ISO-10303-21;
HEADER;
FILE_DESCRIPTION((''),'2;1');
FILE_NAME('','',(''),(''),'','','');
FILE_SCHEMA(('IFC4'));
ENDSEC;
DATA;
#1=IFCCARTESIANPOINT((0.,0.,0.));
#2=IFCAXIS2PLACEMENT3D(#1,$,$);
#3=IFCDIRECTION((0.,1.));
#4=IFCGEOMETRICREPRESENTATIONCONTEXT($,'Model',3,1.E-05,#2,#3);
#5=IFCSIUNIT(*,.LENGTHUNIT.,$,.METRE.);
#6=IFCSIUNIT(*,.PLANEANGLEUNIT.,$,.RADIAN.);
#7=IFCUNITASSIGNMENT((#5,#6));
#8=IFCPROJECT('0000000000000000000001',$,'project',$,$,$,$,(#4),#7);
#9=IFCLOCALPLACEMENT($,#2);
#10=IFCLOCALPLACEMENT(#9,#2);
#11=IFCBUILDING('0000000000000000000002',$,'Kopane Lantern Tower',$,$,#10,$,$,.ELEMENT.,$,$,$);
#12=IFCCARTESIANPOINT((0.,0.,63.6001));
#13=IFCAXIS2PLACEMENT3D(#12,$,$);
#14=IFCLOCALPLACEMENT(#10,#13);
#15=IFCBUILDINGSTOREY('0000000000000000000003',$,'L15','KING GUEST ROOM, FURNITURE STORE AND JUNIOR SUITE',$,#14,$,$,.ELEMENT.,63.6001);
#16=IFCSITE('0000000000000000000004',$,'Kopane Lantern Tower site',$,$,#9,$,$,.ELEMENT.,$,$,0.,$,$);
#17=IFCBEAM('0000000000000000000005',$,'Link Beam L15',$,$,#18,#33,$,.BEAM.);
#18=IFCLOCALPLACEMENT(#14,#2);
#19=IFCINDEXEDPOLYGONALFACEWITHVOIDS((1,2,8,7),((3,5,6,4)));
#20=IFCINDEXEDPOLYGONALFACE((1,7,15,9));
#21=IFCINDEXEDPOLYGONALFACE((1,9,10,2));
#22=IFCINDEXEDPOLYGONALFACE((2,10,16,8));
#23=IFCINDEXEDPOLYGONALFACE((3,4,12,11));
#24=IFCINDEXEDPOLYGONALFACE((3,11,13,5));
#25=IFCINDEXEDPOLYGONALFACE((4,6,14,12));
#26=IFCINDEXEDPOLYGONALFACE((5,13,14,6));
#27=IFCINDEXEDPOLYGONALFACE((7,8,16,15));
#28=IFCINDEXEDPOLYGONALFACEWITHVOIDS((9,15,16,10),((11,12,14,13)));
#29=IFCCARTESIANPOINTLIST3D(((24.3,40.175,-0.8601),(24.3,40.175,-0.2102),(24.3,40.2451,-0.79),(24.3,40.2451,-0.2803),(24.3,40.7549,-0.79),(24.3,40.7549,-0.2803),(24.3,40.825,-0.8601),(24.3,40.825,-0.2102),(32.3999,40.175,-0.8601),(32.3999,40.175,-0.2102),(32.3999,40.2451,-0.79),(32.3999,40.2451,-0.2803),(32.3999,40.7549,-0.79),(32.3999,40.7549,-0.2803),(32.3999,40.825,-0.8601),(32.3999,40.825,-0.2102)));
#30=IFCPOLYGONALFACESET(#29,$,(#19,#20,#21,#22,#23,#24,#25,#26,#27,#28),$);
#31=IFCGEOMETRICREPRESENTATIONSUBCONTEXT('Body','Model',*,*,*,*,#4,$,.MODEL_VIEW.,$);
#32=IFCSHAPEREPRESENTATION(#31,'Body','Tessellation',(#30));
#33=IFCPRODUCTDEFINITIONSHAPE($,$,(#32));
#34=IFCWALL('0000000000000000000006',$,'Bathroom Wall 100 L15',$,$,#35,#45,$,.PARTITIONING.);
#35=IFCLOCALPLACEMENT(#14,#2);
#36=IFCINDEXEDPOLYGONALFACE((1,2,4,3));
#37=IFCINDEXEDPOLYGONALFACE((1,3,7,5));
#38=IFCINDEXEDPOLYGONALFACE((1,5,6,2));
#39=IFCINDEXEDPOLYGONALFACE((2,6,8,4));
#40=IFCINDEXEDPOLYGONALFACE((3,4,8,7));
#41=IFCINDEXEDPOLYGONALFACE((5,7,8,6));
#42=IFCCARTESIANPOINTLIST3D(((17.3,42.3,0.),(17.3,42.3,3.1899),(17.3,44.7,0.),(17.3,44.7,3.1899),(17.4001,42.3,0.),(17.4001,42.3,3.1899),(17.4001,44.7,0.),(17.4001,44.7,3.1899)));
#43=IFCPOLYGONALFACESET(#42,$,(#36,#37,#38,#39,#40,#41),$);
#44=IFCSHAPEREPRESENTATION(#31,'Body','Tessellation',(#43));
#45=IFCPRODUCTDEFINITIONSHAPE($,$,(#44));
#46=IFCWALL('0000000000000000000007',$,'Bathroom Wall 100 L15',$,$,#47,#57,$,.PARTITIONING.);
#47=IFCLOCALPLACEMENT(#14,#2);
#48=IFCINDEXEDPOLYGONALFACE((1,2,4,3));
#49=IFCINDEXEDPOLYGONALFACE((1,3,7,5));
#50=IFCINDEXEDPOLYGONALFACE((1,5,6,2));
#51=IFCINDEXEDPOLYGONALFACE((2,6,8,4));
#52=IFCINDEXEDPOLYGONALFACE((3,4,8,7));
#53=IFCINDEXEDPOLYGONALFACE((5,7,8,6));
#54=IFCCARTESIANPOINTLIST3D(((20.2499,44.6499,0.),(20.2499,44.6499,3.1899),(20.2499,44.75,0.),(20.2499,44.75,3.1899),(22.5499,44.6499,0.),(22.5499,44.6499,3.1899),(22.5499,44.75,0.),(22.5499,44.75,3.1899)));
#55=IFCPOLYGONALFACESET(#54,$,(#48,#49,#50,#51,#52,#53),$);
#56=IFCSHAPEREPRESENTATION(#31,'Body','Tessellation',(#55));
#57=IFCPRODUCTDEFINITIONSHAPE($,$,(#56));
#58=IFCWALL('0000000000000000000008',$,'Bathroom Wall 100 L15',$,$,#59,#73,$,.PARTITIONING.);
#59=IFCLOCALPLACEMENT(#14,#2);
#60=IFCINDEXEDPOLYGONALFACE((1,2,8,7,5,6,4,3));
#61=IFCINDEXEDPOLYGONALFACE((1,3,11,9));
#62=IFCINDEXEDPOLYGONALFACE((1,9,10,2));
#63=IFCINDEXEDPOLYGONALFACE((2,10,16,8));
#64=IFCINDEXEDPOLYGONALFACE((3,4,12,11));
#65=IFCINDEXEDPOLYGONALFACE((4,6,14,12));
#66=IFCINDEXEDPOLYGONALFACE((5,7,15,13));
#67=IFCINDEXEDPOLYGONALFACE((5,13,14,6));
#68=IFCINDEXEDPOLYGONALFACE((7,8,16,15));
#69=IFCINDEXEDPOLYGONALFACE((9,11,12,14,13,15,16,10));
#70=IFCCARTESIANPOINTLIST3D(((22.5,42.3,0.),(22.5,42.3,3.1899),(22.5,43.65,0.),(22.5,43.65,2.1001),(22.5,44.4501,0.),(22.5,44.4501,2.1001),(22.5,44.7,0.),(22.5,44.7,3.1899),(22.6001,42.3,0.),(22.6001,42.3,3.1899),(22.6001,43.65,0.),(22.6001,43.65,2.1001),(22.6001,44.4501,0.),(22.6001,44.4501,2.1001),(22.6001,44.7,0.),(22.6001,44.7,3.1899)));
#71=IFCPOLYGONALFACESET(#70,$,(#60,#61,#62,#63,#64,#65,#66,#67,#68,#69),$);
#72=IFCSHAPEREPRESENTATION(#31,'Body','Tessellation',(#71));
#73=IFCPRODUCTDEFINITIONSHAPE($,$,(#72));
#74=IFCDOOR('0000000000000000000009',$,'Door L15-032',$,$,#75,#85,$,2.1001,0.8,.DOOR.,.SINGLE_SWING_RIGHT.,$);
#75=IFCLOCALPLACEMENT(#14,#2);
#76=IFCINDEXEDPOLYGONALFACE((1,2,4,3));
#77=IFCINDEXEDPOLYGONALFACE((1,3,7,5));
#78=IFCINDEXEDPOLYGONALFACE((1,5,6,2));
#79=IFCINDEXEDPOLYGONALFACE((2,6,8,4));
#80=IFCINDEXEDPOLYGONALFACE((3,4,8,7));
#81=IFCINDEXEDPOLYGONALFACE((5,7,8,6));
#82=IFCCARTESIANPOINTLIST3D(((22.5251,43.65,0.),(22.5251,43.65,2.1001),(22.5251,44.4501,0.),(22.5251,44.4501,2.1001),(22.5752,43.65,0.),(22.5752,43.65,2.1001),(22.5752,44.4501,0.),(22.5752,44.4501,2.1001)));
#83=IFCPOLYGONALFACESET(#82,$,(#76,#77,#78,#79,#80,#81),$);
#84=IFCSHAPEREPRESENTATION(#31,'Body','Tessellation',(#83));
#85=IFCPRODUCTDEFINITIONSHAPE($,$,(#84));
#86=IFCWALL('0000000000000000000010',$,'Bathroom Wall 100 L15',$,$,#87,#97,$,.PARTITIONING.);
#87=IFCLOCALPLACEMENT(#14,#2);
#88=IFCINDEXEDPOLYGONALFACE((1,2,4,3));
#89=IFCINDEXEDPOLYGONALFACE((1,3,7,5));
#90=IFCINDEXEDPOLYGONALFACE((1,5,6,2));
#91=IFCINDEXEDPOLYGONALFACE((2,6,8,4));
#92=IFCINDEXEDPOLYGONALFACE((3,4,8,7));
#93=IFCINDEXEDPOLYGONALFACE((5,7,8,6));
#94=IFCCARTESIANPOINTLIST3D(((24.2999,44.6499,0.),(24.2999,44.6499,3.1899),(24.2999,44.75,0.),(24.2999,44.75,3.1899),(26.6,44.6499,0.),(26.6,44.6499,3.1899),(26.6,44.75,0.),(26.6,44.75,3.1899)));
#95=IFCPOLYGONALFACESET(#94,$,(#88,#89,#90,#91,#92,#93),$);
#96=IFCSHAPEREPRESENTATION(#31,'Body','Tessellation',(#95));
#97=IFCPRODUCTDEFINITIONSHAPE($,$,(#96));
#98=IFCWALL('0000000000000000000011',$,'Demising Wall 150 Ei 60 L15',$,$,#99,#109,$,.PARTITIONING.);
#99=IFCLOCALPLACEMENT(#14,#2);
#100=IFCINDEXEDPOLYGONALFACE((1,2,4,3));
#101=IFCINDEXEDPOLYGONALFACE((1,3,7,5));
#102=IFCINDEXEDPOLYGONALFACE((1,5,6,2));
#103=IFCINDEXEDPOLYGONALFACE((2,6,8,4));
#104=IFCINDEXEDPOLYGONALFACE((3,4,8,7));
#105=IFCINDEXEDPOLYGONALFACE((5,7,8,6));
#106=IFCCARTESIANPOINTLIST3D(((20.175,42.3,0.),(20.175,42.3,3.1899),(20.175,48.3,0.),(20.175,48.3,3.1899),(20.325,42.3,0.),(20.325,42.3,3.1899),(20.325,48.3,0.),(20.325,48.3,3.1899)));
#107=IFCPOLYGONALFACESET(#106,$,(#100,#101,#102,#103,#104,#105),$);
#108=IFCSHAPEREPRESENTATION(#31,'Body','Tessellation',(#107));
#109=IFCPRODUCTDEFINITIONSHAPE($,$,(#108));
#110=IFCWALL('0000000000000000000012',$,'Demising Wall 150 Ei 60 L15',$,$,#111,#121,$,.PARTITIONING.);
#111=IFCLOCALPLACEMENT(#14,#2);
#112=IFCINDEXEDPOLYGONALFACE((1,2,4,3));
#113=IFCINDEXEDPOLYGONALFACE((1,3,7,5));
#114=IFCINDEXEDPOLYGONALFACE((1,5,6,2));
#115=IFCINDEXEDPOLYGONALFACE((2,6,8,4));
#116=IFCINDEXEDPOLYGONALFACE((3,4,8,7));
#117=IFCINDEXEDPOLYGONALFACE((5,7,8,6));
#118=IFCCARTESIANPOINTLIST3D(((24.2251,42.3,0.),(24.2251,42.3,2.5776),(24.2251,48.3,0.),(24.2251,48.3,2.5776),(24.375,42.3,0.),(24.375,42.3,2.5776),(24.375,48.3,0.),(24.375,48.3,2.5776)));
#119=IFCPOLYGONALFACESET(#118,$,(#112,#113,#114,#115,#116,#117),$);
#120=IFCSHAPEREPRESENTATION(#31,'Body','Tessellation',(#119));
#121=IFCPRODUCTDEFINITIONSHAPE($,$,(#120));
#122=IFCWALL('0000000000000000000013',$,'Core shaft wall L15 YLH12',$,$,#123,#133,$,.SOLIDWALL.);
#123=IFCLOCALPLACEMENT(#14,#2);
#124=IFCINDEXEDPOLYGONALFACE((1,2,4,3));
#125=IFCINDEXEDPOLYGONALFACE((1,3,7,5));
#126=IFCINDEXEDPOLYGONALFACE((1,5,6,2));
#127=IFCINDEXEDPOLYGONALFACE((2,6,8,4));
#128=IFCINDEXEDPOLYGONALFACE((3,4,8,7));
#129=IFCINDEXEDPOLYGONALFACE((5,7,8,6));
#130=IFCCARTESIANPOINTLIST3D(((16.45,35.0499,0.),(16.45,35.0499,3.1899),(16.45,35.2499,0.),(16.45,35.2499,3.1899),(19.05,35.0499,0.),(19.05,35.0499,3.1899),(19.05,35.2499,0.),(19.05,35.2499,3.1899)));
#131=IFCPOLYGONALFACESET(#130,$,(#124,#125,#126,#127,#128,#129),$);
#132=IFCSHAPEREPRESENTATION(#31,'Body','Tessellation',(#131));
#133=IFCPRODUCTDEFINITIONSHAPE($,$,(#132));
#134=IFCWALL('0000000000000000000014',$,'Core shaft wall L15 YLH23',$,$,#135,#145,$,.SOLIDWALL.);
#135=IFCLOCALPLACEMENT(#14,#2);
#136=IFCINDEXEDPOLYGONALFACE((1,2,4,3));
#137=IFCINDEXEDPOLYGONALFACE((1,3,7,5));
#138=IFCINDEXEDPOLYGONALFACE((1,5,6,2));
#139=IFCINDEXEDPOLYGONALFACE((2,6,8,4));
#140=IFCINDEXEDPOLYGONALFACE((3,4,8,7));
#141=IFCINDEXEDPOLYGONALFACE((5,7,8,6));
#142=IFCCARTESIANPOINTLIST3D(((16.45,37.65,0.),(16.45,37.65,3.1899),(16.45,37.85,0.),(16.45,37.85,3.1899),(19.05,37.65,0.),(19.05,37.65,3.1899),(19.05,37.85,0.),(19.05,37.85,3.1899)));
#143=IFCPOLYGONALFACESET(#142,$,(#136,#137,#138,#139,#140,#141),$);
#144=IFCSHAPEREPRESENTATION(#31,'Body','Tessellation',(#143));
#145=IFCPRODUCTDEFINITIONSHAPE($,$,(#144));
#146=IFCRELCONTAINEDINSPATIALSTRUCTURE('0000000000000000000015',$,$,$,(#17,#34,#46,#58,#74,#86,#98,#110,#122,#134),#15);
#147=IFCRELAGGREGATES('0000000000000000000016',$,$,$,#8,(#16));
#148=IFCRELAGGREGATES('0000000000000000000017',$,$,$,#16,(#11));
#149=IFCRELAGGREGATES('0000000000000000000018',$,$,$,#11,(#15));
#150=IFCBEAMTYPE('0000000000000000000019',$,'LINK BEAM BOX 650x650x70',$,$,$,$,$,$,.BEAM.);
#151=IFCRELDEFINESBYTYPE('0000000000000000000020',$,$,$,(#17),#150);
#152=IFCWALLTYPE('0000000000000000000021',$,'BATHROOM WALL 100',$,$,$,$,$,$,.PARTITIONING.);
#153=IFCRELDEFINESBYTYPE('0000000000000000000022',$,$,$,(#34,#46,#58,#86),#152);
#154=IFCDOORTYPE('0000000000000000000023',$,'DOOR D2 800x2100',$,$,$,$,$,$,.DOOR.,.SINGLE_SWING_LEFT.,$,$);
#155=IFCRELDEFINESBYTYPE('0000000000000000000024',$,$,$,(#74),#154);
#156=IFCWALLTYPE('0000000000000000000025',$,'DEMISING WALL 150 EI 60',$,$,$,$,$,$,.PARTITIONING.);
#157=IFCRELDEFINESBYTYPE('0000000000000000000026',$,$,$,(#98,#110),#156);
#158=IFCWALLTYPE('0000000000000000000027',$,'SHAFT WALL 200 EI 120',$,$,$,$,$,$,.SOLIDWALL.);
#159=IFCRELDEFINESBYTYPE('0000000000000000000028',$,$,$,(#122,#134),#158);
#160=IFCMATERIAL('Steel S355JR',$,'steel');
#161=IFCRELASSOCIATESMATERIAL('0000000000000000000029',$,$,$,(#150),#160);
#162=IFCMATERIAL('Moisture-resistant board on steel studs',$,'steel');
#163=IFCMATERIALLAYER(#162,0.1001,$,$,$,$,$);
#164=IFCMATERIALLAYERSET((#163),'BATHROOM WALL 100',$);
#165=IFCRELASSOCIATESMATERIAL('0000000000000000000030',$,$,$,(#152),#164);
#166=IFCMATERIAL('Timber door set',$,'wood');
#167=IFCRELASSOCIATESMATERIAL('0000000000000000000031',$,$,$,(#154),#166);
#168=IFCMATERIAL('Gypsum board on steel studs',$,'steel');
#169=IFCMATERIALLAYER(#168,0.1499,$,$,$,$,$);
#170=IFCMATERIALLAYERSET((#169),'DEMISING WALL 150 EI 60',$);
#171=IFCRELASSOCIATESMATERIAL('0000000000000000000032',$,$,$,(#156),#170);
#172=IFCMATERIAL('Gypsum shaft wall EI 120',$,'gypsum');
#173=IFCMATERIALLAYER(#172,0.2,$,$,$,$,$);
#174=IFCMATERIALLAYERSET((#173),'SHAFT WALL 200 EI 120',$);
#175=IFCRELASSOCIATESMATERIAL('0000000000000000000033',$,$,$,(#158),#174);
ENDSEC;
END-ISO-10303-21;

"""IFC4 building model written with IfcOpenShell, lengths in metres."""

from ifc_helpers import new_model, si_unit, direction, frame, frame_2d, origin, origin_2d, place, context, subcontext, project, spatial, rectangle, hollow_rectangle, extrude, material, layer, layer_set, material_profile, profile_set, type_object, element, fill, save


model = new_model("IFC4")

# Units and contexts
model_context = context("Model", 3, precision=1e-05, world=origin(), true_north=direction((0.0, 1.0)))
body_context = subcontext(model_context, "Body", "Model", "MODEL_VIEW")
ifc_project = project(units=[si_unit("LENGTHUNIT", "METRE"), si_unit("PLANEANGLEUNIT", "RADIAN")], contexts=[model_context])

# Site, building, storey
site_placement = place(None, origin())
site = spatial("IfcSite", under=ifc_project, at=site_placement, Name="Kopane Lantern Tower site", CompositionType="ELEMENT", RefElevation=0.0)
building_placement = place(site_placement, origin())
building = spatial("IfcBuilding", under=site, at=building_placement, Name="Kopane Lantern Tower", CompositionType="ELEMENT")
storey_placement = place(building_placement, frame((0.0, 0.0, 63.6001)))
storey = spatial("IfcBuildingStorey", under=building, at=storey_placement, Name="L15", Description="KING GUEST ROOM, FURNITURE STORE AND JUNIOR SUITE", CompositionType="ELEMENT", Elevation=63.6001)

# Beam
ifc_material_1 = material(Name="Steel S355JR", Category="steel")
ifc_material_profile_1 = material_profile(ifc_material_1, hollow_rectangle(XDim=0.6499, YDim=0.6499, WallThickness=0.0701, at=origin_2d()), Name="BOX 650x650x70")
ifc_profile_set_1 = profile_set([ifc_material_profile_1], Name="Steel S355JR")
beam_type_1 = type_object("IfcBeamType", Name="LINK BEAM BOX 650x650x70", PredefinedType="BEAM", material=ifc_profile_set_1)
beam_1_placement = place(storey_placement, frame((24.3, 40.5, -0.5352), z_axis=(1.0, 0.0, 0.0), x_axis=(0.0, 1.0, 0.0)))
element("IfcBeam", 1, at=beam_1_placement, inside=storey, type_object=beam_type_1, Name="Link Beam L15", PredefinedType="BEAM", context=body_context, shape_type="SweptSolid", body=[
    extrude(hollow_rectangle(XDim=0.6499, YDim=0.6499, WallThickness=0.0701, at=origin_2d()), origin(), (0.0, 0.0, 1.0), 8.0999),
])

# Walls
ifc_material_2 = material(Name="Moisture-resistant board on steel studs", Category="steel")
ifc_layer_1 = layer(ifc_material_2, 0.1001)
ifc_layer_set_1 = layer_set([ifc_layer_1], Name="BATHROOM WALL 100")
wall_type_1 = type_object("IfcWallType", Name="BATHROOM WALL 100", PredefinedType="PARTITIONING", material=ifc_layer_set_1)
wall_1_placement = place(storey_placement, frame((17.3501, 42.3, 0.0), z_axis=(0.0, 0.0, 1.0), x_axis=(0.0, 1.0, 0.0)))
element("IfcWall", 2, at=wall_1_placement, inside=storey, type_object=wall_type_1, Name="Bathroom Wall 100 L15", PredefinedType="PARTITIONING", context=body_context, shape_type="SweptSolid", body=[
    extrude(rectangle(XDim=2.3999, YDim=0.1001, at=frame_2d((1.2, 0.0))), origin(), (0.0, 0.0, 1.0), 3.1899),
])
wall_2_placement = place(storey_placement, frame((20.25, 44.7, 0.0), z_axis=(0.0, 0.0, 1.0), x_axis=(1.0, 0.0, 0.0)))
element("IfcWall", 3, at=wall_2_placement, inside=storey, type_object=wall_type_1, Name="Bathroom Wall 100 L15", PredefinedType="PARTITIONING", context=body_context, shape_type="SweptSolid", body=[
    extrude(rectangle(XDim=2.3, YDim=0.1001, at=frame_2d((1.1499, 0.0))), origin(), (0.0, 0.0, 1.0), 3.1899),
])

# Wall, opening, door
wall_3_placement = place(storey_placement, frame((22.55, 42.3, 0.0), z_axis=(0.0, 0.0, 1.0), x_axis=(0.0, 1.0, 0.0)))
wall_3 = element("IfcWall", 4, at=wall_3_placement, inside=storey, type_object=wall_type_1, Name="Bathroom Wall 100 L15", PredefinedType="PARTITIONING", context=body_context, shape_type="SweptSolid", body=[
    extrude(rectangle(XDim=2.3999, YDim=0.1001, at=frame_2d((1.2, 0.0))), origin(), (0.0, 0.0, 1.0), 3.1899),
])
opening_1_placement = place(wall_3_placement, frame((1.3501, 0.0, 0.0)))
opening_1 = element("IfcOpeningElement", 5, at=opening_1_placement, cuts=wall_3, PredefinedType="OPENING", context=body_context, shape_type="SweptSolid", body=[
    extrude(rectangle(XDim=0.8, YDim=2.1001, at=frame_2d((0.3999, 1.05))), frame((0.0, 0.0601, 0.0), z_axis=(0.0, -1.0, 0.0), x_axis=(1.0, 0.0, 0.0)), (0.0, 0.0, 1.0), 0.1201),
])
ifc_material_3 = material(Name="Timber door set", Category="wood")
door_type_1 = type_object("IfcDoorType", Name="DOOR D2 800x2100", OperationType="SINGLE_SWING_LEFT", PredefinedType="DOOR", material=ifc_material_3)
door_1_placement = place(opening_1_placement, origin())
door_1 = element("IfcDoor", 6, at=door_1_placement, inside=storey, type_object=door_type_1, Name="Door L15-032", OperationType="SINGLE_SWING_RIGHT", OverallHeight=2.1001, OverallWidth=0.8, PredefinedType="DOOR", context=body_context, shape_type="SweptSolid", body=[
    extrude(rectangle(XDim=0.8, YDim=2.1001, at=frame_2d((0.3999, 1.05))), frame((0.0, 0.0249, 0.0), z_axis=(0.0, -1.0, 0.0), x_axis=(1.0, 0.0, 0.0)), (0.0, 0.0, 1.0), 0.05),
])
fill(opening_1, door_1)

# Wall
wall_4_placement = place(storey_placement, frame((24.3, 44.7, 0.0), z_axis=(0.0, 0.0, 1.0), x_axis=(1.0, 0.0, 0.0)))
element("IfcWall", 7, at=wall_4_placement, inside=storey, type_object=wall_type_1, Name="Bathroom Wall 100 L15", PredefinedType="PARTITIONING", context=body_context, shape_type="SweptSolid", body=[
    extrude(rectangle(XDim=2.3, YDim=0.1001, at=frame_2d((1.1499, 0.0))), origin(), (0.0, 0.0, 1.0), 3.1899),
])

# Walls
ifc_material_4 = material(Name="Gypsum board on steel studs", Category="steel")
ifc_layer_2 = layer(ifc_material_4, 0.1499)
ifc_layer_set_2 = layer_set([ifc_layer_2], Name="DEMISING WALL 150 EI 60")
wall_type_2 = type_object("IfcWallType", Name="DEMISING WALL 150 EI 60", PredefinedType="PARTITIONING", material=ifc_layer_set_2)
wall_5_placement = place(storey_placement, frame((20.25, 42.3, 0.0), z_axis=(0.0, 0.0, 1.0), x_axis=(0.0, 1.0, 0.0)))
element("IfcWall", 8, at=wall_5_placement, inside=storey, type_object=wall_type_2, Name="Demising Wall 150 Ei 60 L15", PredefinedType="PARTITIONING", context=body_context, shape_type="SweptSolid", body=[
    extrude(rectangle(XDim=6.0, YDim=0.1499, at=frame_2d((3.0, 0.0))), origin(), (0.0, 0.0, 1.0), 3.1899),
])
wall_6_placement = place(storey_placement, frame((24.3, 42.3, 0.0), z_axis=(0.0, 0.0, 1.0), x_axis=(0.0, 1.0, 0.0)))
element("IfcWall", 9, at=wall_6_placement, inside=storey, type_object=wall_type_2, Name="Demising Wall 150 Ei 60 L15", PredefinedType="PARTITIONING", context=body_context, shape_type="SweptSolid", body=[
    extrude(rectangle(XDim=6.0, YDim=0.1499, at=frame_2d((3.0, 0.0))), origin(), (0.0, 0.0, 1.0), 2.5776),
])
ifc_material_5 = material(Name="Gypsum shaft wall EI 120", Category="gypsum")
ifc_layer_3 = layer(ifc_material_5, 0.2)
ifc_layer_set_3 = layer_set([ifc_layer_3], Name="SHAFT WALL 200 EI 120")
wall_type_3 = type_object("IfcWallType", Name="SHAFT WALL 200 EI 120", PredefinedType="SOLIDWALL", material=ifc_layer_set_3)
for number, where, z_axis, x_axis, name in (
    (10, (16.45, 35.1499, 0.0), (0.0, 0.0, 1.0), (1.0, 0.0, 0.0), "Core shaft wall L15 YLH12"),
    (11, (16.45, 37.75, 0.0), (0.0, 0.0, 1.0), (1.0, 0.0, 0.0), "Core shaft wall L15 YLH23"),
):
    element("IfcWall", number, at=place(storey_placement, frame(where, z_axis=z_axis, x_axis=x_axis)), inside=storey, type_object=wall_type_3, Name=name, PredefinedType="SOLIDWALL", context=body_context, shape_type="SweptSolid", body=[
        extrude(rectangle(XDim=2.6001, YDim=0.2, at=frame_2d((1.3, 0.0))), origin(), (0.0, 0.0, 1.0), 3.1899),
    ])

save(model, "model.ifc")
